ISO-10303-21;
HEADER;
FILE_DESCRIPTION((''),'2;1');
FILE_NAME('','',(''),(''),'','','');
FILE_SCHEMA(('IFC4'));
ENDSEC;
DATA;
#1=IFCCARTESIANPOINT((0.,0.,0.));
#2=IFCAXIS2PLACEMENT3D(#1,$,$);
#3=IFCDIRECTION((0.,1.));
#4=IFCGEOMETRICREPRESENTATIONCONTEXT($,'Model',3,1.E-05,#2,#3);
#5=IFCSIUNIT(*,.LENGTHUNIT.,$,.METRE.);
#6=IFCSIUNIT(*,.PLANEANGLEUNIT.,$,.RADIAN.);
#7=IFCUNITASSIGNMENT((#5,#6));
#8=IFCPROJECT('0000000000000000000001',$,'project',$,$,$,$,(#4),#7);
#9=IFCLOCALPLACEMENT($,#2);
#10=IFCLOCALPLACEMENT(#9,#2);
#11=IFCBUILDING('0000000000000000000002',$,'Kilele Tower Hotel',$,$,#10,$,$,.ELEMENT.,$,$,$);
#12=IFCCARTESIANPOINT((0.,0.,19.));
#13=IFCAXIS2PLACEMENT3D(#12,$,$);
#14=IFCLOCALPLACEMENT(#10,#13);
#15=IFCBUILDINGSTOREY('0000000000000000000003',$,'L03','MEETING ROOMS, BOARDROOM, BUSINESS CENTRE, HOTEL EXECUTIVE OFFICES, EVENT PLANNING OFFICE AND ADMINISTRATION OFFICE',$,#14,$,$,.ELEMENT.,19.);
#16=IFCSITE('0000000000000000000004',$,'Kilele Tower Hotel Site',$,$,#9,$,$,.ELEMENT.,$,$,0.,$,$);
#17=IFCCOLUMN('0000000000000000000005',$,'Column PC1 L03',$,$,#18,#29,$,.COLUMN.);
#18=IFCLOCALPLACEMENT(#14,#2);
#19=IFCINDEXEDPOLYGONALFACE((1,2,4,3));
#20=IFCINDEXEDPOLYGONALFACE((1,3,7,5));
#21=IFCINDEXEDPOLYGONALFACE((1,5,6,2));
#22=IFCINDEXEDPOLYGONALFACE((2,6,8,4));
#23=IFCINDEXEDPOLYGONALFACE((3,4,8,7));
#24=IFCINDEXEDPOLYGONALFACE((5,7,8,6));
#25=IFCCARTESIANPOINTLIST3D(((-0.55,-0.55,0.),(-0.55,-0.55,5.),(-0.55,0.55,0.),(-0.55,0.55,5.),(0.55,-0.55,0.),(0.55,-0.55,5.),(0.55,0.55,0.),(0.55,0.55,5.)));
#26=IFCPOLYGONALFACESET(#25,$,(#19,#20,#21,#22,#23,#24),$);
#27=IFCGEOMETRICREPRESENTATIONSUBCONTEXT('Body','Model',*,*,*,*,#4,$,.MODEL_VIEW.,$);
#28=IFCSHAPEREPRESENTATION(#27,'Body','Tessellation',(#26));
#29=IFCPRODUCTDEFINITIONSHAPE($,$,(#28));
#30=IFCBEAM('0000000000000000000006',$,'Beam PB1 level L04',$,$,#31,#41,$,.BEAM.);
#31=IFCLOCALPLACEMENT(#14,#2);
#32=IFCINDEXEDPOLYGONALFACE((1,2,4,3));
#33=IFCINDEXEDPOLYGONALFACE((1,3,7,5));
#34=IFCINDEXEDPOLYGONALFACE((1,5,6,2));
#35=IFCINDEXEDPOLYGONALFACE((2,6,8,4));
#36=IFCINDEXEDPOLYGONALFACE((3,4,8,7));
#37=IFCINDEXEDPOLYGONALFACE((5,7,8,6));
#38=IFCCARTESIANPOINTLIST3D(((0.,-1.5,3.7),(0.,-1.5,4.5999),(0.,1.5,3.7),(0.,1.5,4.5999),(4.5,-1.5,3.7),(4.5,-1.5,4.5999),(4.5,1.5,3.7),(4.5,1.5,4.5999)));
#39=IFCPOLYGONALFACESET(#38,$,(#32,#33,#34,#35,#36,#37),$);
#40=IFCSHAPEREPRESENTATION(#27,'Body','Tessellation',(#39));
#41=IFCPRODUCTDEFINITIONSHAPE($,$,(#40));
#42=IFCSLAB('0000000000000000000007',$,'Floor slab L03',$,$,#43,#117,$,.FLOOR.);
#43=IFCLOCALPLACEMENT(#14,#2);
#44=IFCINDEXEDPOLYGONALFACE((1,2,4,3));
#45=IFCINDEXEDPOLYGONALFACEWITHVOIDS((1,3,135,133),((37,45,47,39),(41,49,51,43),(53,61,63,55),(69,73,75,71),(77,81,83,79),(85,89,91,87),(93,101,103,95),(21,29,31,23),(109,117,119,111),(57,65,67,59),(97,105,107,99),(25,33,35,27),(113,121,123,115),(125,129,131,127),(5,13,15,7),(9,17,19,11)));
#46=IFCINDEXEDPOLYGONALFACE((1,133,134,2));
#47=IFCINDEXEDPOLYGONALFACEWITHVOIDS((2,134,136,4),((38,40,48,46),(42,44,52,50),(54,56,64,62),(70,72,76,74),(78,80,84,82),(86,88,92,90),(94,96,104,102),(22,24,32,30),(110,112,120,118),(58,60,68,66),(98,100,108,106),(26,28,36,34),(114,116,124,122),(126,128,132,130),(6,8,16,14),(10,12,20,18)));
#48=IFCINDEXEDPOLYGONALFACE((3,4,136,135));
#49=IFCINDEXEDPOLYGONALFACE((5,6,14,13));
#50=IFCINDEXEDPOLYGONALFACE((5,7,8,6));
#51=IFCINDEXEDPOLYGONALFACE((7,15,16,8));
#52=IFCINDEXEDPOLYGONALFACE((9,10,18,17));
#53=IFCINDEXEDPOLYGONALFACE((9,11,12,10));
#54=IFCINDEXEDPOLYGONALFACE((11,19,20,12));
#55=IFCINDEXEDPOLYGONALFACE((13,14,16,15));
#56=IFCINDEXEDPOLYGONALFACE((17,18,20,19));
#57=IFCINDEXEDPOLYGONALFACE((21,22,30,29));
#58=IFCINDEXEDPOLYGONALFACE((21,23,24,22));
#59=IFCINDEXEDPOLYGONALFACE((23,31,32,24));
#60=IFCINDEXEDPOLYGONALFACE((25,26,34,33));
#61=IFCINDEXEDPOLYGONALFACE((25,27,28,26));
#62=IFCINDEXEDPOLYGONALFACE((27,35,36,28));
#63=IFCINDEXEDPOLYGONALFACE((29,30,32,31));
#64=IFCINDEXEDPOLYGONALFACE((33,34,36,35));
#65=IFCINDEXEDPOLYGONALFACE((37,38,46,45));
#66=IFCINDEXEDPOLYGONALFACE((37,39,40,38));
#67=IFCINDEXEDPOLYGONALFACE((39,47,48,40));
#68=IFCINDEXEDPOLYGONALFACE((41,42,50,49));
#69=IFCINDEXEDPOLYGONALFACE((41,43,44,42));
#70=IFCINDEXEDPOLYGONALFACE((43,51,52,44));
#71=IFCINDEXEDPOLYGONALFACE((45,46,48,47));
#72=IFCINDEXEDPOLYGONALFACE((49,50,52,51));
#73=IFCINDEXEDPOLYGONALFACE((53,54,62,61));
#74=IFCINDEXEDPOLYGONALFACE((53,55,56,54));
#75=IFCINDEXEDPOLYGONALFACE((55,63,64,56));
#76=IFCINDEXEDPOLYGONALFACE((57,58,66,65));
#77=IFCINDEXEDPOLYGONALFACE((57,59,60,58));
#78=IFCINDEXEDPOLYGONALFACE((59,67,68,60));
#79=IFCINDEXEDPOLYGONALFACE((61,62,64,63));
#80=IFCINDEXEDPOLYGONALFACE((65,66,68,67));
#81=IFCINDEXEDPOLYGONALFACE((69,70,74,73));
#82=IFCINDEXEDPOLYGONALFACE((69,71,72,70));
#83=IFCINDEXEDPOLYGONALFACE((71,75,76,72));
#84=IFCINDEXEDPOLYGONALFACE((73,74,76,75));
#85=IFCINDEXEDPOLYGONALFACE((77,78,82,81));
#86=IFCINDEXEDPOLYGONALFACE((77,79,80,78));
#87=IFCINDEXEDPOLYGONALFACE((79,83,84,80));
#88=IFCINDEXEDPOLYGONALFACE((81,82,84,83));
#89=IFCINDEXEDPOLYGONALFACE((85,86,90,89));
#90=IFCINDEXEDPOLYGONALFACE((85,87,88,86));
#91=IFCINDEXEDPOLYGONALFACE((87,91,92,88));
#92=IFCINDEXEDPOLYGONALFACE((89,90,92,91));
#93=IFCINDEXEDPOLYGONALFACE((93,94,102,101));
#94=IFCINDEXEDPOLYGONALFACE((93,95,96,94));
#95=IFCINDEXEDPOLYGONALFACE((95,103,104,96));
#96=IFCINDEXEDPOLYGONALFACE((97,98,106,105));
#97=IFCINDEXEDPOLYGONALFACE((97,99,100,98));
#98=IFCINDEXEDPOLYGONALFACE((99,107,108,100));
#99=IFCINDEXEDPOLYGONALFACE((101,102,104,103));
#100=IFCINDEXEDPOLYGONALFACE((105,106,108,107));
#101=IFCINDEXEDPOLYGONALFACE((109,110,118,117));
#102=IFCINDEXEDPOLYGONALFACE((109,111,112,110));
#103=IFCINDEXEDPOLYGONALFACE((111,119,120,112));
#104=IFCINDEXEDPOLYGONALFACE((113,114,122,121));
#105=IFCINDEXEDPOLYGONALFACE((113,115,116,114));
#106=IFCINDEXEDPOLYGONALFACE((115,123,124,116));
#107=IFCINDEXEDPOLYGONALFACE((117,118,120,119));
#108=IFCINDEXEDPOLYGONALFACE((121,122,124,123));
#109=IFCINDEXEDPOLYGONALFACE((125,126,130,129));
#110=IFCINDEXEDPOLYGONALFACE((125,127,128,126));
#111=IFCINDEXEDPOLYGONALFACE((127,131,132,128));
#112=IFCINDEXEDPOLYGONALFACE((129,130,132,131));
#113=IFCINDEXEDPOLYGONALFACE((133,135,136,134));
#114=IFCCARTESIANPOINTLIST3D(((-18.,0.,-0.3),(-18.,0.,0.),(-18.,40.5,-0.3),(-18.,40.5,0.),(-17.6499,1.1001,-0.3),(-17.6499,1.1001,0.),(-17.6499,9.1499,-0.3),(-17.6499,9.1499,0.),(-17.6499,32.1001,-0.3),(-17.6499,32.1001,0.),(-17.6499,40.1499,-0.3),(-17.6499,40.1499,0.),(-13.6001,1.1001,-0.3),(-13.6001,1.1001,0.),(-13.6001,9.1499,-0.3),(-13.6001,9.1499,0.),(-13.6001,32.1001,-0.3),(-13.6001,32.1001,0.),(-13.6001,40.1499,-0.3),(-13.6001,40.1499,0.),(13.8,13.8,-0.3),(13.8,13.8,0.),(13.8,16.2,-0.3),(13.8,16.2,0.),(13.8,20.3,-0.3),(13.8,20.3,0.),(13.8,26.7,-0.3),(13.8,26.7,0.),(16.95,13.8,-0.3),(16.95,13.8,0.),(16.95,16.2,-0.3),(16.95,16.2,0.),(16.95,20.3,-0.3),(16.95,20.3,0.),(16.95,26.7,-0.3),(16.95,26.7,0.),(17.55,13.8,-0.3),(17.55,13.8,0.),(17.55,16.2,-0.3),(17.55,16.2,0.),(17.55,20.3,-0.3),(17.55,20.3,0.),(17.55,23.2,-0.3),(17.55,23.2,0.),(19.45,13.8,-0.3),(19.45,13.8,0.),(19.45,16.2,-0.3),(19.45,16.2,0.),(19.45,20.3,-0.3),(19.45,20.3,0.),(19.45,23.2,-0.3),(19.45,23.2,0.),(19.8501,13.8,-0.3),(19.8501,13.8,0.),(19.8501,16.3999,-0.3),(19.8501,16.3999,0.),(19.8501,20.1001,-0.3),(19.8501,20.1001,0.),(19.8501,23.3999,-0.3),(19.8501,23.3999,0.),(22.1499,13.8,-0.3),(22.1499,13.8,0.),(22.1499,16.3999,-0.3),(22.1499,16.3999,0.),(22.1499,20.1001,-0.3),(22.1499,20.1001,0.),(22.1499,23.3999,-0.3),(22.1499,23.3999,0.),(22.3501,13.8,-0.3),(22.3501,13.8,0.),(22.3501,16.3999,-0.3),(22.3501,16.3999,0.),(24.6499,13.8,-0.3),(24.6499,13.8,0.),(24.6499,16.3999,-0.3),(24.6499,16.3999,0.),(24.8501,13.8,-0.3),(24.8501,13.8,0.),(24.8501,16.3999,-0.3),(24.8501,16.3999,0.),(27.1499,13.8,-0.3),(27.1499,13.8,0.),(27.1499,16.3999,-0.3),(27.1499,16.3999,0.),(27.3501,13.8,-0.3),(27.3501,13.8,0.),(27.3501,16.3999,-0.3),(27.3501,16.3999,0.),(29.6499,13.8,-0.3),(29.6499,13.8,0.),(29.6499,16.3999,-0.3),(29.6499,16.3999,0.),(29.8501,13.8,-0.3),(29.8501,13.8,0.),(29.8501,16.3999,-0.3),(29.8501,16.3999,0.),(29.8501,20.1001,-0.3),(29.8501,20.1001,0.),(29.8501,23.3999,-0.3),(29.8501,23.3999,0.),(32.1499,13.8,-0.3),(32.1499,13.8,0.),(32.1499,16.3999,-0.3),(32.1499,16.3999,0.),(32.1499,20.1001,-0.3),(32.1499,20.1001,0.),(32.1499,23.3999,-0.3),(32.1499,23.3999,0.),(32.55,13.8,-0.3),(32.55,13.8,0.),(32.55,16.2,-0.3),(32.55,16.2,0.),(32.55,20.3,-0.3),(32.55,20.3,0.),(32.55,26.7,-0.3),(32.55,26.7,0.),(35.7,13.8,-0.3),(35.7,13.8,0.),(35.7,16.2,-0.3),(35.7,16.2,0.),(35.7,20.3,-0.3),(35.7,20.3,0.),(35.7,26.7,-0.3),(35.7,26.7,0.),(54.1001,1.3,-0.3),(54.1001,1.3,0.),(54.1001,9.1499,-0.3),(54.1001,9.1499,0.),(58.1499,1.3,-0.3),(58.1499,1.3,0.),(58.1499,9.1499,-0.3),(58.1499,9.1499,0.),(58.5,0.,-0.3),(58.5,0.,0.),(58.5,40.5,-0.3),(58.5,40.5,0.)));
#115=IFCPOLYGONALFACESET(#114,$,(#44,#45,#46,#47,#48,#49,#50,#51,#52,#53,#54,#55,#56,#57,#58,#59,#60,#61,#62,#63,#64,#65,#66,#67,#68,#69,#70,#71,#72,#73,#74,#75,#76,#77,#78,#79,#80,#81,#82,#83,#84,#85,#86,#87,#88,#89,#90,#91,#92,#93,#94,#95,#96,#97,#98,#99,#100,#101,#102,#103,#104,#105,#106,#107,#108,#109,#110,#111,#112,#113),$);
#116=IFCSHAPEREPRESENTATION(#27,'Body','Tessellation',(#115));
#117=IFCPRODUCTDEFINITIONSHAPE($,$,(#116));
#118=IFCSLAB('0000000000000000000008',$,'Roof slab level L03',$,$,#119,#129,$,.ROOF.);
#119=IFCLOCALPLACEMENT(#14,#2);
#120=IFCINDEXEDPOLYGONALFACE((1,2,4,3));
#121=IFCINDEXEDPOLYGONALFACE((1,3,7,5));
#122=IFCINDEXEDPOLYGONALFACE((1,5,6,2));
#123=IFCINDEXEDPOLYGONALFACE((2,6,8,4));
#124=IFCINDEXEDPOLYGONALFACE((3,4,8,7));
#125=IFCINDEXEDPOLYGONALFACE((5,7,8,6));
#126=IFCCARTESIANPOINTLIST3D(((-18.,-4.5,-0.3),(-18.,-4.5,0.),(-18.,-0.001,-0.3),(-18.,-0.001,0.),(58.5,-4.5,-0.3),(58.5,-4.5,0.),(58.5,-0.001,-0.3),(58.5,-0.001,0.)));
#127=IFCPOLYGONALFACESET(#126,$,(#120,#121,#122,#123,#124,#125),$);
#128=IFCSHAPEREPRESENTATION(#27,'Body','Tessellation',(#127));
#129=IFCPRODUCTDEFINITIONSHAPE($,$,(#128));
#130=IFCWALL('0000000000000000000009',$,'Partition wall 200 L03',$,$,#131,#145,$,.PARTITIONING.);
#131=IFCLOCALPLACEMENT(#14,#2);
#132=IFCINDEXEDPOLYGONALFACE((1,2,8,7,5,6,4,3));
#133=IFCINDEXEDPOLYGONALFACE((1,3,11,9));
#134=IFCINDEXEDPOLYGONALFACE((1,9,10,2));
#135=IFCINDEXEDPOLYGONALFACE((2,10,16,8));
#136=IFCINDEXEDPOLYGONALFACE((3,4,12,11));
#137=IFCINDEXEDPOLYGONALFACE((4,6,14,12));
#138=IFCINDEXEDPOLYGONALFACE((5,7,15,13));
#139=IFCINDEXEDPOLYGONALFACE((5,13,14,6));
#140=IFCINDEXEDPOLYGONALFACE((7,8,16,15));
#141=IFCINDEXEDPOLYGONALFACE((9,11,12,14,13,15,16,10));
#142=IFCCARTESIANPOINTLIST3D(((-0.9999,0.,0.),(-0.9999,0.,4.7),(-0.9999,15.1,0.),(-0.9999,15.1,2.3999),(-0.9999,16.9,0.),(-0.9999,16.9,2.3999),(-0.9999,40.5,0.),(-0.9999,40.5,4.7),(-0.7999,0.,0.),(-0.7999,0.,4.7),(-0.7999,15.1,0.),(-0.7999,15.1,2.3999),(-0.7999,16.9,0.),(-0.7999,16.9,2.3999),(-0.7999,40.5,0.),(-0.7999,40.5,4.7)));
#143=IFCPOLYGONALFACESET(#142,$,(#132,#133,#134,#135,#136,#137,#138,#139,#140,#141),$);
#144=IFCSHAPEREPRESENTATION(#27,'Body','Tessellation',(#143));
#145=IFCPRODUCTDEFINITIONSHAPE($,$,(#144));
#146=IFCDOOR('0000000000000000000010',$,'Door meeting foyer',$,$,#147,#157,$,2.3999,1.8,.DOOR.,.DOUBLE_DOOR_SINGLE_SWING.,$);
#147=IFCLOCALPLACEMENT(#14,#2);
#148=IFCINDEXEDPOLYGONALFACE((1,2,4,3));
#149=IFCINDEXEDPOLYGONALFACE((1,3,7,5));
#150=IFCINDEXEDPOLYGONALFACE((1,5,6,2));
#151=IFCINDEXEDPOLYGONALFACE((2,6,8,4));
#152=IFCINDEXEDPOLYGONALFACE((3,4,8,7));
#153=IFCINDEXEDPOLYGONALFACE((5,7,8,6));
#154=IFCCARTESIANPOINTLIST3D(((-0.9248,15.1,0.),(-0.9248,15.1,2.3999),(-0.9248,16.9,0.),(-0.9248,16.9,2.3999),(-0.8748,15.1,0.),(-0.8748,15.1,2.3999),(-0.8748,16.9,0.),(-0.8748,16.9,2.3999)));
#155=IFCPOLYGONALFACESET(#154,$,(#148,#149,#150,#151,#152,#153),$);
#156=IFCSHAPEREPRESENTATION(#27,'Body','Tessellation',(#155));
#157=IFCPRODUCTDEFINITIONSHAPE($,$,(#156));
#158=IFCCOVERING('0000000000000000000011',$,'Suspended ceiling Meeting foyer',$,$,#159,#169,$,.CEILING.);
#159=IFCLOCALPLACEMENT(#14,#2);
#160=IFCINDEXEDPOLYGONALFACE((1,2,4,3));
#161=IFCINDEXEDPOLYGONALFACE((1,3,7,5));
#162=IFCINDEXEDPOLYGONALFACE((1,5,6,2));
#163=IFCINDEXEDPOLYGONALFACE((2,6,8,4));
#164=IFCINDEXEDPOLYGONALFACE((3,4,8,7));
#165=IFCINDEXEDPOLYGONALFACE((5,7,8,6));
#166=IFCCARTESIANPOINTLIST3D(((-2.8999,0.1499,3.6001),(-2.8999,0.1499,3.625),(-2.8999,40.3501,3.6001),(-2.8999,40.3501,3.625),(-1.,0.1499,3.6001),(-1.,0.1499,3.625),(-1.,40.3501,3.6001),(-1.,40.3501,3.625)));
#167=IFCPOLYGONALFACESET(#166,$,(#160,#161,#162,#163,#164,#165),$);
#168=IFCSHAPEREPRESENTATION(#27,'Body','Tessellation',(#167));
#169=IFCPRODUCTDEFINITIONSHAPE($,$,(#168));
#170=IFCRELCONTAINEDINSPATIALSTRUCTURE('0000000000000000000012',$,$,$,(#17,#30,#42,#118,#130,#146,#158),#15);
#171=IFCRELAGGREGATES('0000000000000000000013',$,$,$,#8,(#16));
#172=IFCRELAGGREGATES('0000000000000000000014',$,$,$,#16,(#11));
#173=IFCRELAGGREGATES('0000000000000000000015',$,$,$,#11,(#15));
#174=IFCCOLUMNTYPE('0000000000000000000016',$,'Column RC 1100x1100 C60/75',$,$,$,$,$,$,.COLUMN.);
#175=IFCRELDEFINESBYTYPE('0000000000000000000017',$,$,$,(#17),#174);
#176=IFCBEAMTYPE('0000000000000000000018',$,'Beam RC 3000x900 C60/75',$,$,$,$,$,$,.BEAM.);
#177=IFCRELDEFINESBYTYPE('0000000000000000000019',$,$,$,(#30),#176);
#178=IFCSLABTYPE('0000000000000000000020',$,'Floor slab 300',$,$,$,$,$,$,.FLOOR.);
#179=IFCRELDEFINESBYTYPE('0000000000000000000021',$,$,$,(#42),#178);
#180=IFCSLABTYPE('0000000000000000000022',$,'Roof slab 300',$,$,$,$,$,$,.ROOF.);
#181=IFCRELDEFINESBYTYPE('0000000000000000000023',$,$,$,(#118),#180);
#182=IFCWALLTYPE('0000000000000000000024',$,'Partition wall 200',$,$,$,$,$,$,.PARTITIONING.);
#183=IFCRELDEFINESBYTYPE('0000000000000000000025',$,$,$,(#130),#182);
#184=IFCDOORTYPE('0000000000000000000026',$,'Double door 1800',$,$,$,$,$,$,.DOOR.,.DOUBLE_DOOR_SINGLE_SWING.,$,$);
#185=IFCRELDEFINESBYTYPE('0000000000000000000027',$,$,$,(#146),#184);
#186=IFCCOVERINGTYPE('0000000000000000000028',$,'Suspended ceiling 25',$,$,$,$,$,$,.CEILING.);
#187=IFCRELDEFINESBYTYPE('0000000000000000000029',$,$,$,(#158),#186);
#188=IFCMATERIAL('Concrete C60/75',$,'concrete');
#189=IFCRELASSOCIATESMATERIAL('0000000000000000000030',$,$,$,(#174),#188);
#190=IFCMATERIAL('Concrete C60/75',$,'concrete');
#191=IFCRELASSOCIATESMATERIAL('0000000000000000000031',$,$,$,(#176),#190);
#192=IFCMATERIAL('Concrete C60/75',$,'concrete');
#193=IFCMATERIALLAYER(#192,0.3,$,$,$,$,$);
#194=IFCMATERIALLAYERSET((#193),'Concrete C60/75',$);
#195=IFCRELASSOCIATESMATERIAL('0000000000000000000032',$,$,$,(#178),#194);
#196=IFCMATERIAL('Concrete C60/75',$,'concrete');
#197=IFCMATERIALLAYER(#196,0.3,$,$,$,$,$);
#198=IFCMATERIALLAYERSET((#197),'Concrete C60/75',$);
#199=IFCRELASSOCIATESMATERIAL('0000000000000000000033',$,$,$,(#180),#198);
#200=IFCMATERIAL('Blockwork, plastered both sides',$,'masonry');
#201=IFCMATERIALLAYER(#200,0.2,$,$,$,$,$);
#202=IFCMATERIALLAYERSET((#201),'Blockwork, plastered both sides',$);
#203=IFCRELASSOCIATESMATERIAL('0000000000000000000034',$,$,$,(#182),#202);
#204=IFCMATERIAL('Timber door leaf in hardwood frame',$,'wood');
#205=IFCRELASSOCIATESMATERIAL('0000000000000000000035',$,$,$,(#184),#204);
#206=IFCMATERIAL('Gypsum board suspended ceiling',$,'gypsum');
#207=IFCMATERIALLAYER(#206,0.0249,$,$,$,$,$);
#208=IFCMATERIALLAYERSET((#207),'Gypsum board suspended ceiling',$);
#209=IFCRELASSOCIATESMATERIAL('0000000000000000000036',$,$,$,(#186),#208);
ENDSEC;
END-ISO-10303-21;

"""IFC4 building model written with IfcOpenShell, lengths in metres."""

from ifc_helpers import new_model, si_unit, direction, frame, frame_2d, origin, origin_with_axes, origin_2d, place, context, subcontext, project, spatial, polyline, rectangle, outline, extrude, material, layer, layer_set, material_profile, profile_set, type_object, element, fill, save


model = new_model("IFC4")

# Units and contexts
model_context = context("Model", 3, precision=1e-05, world=origin(), true_north=direction((0.0, 1.0)))
body_context = subcontext(model_context, "Body", "Model", "MODEL_VIEW")
ifc_project = project(units=[si_unit("LENGTHUNIT", "METRE"), si_unit("PLANEANGLEUNIT", "RADIAN")], contexts=[model_context])

# Site, building, storey
site_placement = place(None, origin())
site = spatial("IfcSite", under=ifc_project, at=site_placement, Name="Kilele Tower Hotel Site", CompositionType="ELEMENT", RefElevation=0.0)
building_placement = place(site_placement, origin())
building = spatial("IfcBuilding", under=site, at=building_placement, Name="Kilele Tower Hotel", CompositionType="ELEMENT")
storey_placement = place(building_placement, frame((0.0, 0.0, 19.0)))
storey = spatial("IfcBuildingStorey", under=building, at=storey_placement, Name="L03", Description="MEETING ROOMS, BOARDROOM, BUSINESS CENTRE, HOTEL EXECUTIVE OFFICES, EVENT PLANNING OFFICE AND ADMINISTRATION OFFICE", CompositionType="ELEMENT", Elevation=19.0)

# Column
ifc_material_1 = material(Name="Concrete C60/75", Category="concrete")
ifc_material_profile_1 = material_profile(ifc_material_1, rectangle(XDim=1.1001, YDim=1.1001, at=origin_2d()))
ifc_profile_set_1 = profile_set([ifc_material_profile_1], Name="Concrete C60/75")
column_type = type_object("IfcColumnType", Name="Column RC 1100x1100 C60/75", PredefinedType="COLUMN", material=ifc_profile_set_1)
column_placement = place(storey_placement, origin_with_axes())
element("IfcColumn", 1, at=column_placement, inside=storey, type_object=column_type, Name="Column PC1 L03", PredefinedType="COLUMN", context=body_context, shape_type="SweptSolid", body=[
    extrude(rectangle(XDim=1.1001, YDim=1.1001, at=origin_2d()), origin(), (0.0, 0.0, 1.0), 5.0),
])

# Beam
ifc_material_2 = material(Name="Concrete C60/75", Category="concrete")
ifc_material_profile_2 = material_profile(ifc_material_2, rectangle(XDim=3.0, YDim=0.8999, at=origin_2d()))
ifc_profile_set_2 = profile_set([ifc_material_profile_2], Name="Concrete C60/75")
beam_type = type_object("IfcBeamType", Name="Beam RC 3000x900 C60/75", PredefinedType="BEAM", material=ifc_profile_set_2)
beam_placement = place(storey_placement, frame((0.0, 0.0, 4.1499), z_axis=(1.0, 0.0, 0.0), x_axis=(0.0, 1.0, 0.0)))
element("IfcBeam", 2, at=beam_placement, inside=storey, type_object=beam_type, Name="Beam PB1 level L04", PredefinedType="BEAM", context=body_context, shape_type="SweptSolid", body=[
    extrude(rectangle(XDim=3.0, YDim=0.8999, at=origin_2d()), origin(), (0.0, 0.0, 1.0), 4.5),
])

# Slabs
ifc_material_3 = material(Name="Concrete C60/75", Category="concrete")
ifc_layer_1 = layer(ifc_material_3, 0.3)
ifc_layer_set_1 = layer_set([ifc_layer_1], Name="Concrete C60/75")
slab_type_1 = type_object("IfcSlabType", Name="Floor slab 300", PredefinedType="FLOOR", material=ifc_layer_set_1)
slab_1_placement = place(storey_placement, frame((0.0, 0.0, -0.3)))
element("IfcSlab", 3, at=slab_1_placement, inside=storey, type_object=slab_type_1, Name="Floor slab L03", PredefinedType="FLOOR", context=body_context, shape_type="SweptSolid", body=[
    extrude(outline(polyline([(-18.0, 0.0), (-18.0, 40.5), (58.5, 40.5), (58.5, 0.0), (-18.0, 0.0)]), holes=[polyline([(-13.6001, 1.1001), (-13.6001, 9.1499), (-17.6499, 9.1499), (-17.6499, 1.1001), (-13.6001, 1.1001)]), polyline([(16.95, 13.8), (16.95, 16.2), (13.8, 16.2), (13.8, 13.8), (16.95, 13.8)]), polyline([(19.45, 13.8), (19.45, 16.2), (17.55, 16.2), (17.55, 13.8), (19.45, 13.8)]), polyline([(22.1499, 13.8), (22.1499, 16.3999), (19.8501, 16.3999), (19.8501, 13.8), (22.1499, 13.8)]), polyline([(19.45, 20.3), (19.45, 23.2), (17.55, 23.2), (17.55, 20.3), (19.45, 20.3)]), polyline([(22.1499, 20.1001), (22.1499, 23.3999), (19.8501, 23.3999), (19.8501, 20.1001), (22.1499, 20.1001)]), polyline([(16.95, 20.3), (16.95, 26.7), (13.8, 26.7), (13.8, 20.3), (16.95, 20.3)]), polyline([(-13.6001, 32.1001), (-13.6001, 40.1499), (-17.6499, 40.1499), (-17.6499, 32.1001), (-13.6001, 32.1001)]), polyline([(58.1499, 1.3), (58.1499, 9.1499), (54.1001, 9.1499), (54.1001, 1.3), (58.1499, 1.3)]), polyline([(35.7, 13.8), (35.7, 16.2), (32.55, 16.2), (32.55, 13.8), (35.7, 13.8)]), polyline([(24.6499, 13.8), (24.6499, 16.3999), (22.3501, 16.3999), (22.3501, 13.8), (24.6499, 13.8)]), polyline([(27.1499, 13.8), (27.1499, 16.3999), (24.8501, 16.3999), (24.8501, 13.8), (27.1499, 13.8)]), polyline([(29.6499, 13.8), (29.6499, 16.3999), (27.3501, 16.3999), (27.3501, 13.8), (29.6499, 13.8)]), polyline([(32.1499, 13.8), (32.1499, 16.3999), (29.8501, 16.3999), (29.8501, 13.8), (32.1499, 13.8)]), polyline([(32.1499, 20.1001), (32.1499, 23.3999), (29.8501, 23.3999), (29.8501, 20.1001), (32.1499, 20.1001)]), polyline([(35.7, 20.3), (35.7, 26.7), (32.55, 26.7), (32.55, 20.3), (35.7, 20.3)])]), origin(), (0.0, 0.0, 1.0), 0.3),
])
ifc_material_4 = material(Name="Concrete C60/75", Category="concrete")
ifc_layer_2 = layer(ifc_material_4, 0.3)
ifc_layer_set_2 = layer_set([ifc_layer_2], Name="Concrete C60/75")
slab_type_2 = type_object("IfcSlabType", Name="Roof slab 300", PredefinedType="ROOF", material=ifc_layer_set_2)
slab_2_placement = place(storey_placement, frame((0.0, 0.0, -0.3)))
element("IfcSlab", 4, at=slab_2_placement, inside=storey, type_object=slab_type_2, Name="Roof slab level L03", PredefinedType="ROOF", context=body_context, shape_type="SweptSolid", body=[
    extrude(outline(polyline([(58.5, -4.5), (-18.0, -4.5), (-18.0, -0.001), (58.5, -0.001), (58.5, -4.5)])), origin(), (0.0, 0.0, 1.0), 0.3),
])

# Wall, opening, door
ifc_material_5 = material(Name="Blockwork, plastered both sides", Category="masonry")
ifc_layer_3 = layer(ifc_material_5, 0.2)
ifc_layer_set_3 = layer_set([ifc_layer_3], Name="Blockwork, plastered both sides")
wall_type = type_object("IfcWallType", Name="Partition wall 200", PredefinedType="PARTITIONING", material=ifc_layer_set_3)
wall_placement = place(storey_placement, frame((-0.8999, 0.0, 0.0), z_axis=(0.0, 0.0, 1.0), x_axis=(0.0, 1.0, 0.0)))
wall = element("IfcWall", 5, at=wall_placement, inside=storey, type_object=wall_type, Name="Partition wall 200 L03", PredefinedType="PARTITIONING", context=body_context, shape_type="SweptSolid", body=[
    extrude(rectangle(XDim=40.5, YDim=0.2, at=frame_2d((20.25, 0.0))), origin(), (0.0, 0.0, 1.0), 4.7),
])
opening_placement = place(wall_placement, frame((15.1001, 0.0, 0.0)))
opening = element("IfcOpeningElement", 6, at=opening_placement, cuts=wall, PredefinedType="OPENING", context=body_context, shape_type="SweptSolid", body=[
    extrude(rectangle(XDim=1.8, YDim=2.3999, at=frame_2d((0.8999, 1.2))), frame((0.0, 0.1099, 0.0), z_axis=(0.0, -1.0, 0.0), x_axis=(1.0, 0.0, 0.0)), (0.0, 0.0, 1.0), 0.22),
])
ifc_material_6 = material(Name="Timber door leaf in hardwood frame", Category="wood")
door_type = type_object("IfcDoorType", Name="Double door 1800", OperationType="DOUBLE_DOOR_SINGLE_SWING", PredefinedType="DOOR", material=ifc_material_6)
door_placement = place(opening_placement, origin())
door = element("IfcDoor", 7, at=door_placement, inside=storey, type_object=door_type, Name="Door meeting foyer", OperationType="DOUBLE_DOOR_SINGLE_SWING", OverallHeight=2.3999, OverallWidth=1.8, PredefinedType="DOOR", context=body_context, shape_type="SweptSolid", body=[
    extrude(rectangle(XDim=1.8, YDim=2.3999, at=frame_2d((0.8999, 1.2))), frame((0.0, 0.0249, 0.0), z_axis=(0.0, -1.0, 0.0), x_axis=(1.0, 0.0, 0.0)), (0.0, 0.0, 1.0), 0.05),
])
fill(opening, door)

# Covering
ifc_material_7 = material(Name="Gypsum board suspended ceiling", Category="gypsum")
ifc_layer_4 = layer(ifc_material_7, 0.0249)
ifc_layer_set_4 = layer_set([ifc_layer_4], Name="Gypsum board suspended ceiling")
covering_type_1 = type_object("IfcCoveringType", Name="Suspended ceiling 25", PredefinedType="CEILING", material=ifc_layer_set_4)
covering_1_placement = place(storey_placement, frame((0.0, 0.0, 3.6001)))
element("IfcCovering", 8, at=covering_1_placement, inside=storey, type_object=covering_type_1, Name="Suspended ceiling Meeting foyer", PredefinedType="CEILING", context=body_context, shape_type="SweptSolid", body=[
    extrude(outline(polyline([(-1.0, 0.1499), (-2.8999, 0.1499), (-2.8999, 40.3501), (-1.0, 40.3501), (-1.0, 0.1499)])), origin(), (0.0, 0.0, 1.0), 0.0249),
])

save(model, "model.ifc")
